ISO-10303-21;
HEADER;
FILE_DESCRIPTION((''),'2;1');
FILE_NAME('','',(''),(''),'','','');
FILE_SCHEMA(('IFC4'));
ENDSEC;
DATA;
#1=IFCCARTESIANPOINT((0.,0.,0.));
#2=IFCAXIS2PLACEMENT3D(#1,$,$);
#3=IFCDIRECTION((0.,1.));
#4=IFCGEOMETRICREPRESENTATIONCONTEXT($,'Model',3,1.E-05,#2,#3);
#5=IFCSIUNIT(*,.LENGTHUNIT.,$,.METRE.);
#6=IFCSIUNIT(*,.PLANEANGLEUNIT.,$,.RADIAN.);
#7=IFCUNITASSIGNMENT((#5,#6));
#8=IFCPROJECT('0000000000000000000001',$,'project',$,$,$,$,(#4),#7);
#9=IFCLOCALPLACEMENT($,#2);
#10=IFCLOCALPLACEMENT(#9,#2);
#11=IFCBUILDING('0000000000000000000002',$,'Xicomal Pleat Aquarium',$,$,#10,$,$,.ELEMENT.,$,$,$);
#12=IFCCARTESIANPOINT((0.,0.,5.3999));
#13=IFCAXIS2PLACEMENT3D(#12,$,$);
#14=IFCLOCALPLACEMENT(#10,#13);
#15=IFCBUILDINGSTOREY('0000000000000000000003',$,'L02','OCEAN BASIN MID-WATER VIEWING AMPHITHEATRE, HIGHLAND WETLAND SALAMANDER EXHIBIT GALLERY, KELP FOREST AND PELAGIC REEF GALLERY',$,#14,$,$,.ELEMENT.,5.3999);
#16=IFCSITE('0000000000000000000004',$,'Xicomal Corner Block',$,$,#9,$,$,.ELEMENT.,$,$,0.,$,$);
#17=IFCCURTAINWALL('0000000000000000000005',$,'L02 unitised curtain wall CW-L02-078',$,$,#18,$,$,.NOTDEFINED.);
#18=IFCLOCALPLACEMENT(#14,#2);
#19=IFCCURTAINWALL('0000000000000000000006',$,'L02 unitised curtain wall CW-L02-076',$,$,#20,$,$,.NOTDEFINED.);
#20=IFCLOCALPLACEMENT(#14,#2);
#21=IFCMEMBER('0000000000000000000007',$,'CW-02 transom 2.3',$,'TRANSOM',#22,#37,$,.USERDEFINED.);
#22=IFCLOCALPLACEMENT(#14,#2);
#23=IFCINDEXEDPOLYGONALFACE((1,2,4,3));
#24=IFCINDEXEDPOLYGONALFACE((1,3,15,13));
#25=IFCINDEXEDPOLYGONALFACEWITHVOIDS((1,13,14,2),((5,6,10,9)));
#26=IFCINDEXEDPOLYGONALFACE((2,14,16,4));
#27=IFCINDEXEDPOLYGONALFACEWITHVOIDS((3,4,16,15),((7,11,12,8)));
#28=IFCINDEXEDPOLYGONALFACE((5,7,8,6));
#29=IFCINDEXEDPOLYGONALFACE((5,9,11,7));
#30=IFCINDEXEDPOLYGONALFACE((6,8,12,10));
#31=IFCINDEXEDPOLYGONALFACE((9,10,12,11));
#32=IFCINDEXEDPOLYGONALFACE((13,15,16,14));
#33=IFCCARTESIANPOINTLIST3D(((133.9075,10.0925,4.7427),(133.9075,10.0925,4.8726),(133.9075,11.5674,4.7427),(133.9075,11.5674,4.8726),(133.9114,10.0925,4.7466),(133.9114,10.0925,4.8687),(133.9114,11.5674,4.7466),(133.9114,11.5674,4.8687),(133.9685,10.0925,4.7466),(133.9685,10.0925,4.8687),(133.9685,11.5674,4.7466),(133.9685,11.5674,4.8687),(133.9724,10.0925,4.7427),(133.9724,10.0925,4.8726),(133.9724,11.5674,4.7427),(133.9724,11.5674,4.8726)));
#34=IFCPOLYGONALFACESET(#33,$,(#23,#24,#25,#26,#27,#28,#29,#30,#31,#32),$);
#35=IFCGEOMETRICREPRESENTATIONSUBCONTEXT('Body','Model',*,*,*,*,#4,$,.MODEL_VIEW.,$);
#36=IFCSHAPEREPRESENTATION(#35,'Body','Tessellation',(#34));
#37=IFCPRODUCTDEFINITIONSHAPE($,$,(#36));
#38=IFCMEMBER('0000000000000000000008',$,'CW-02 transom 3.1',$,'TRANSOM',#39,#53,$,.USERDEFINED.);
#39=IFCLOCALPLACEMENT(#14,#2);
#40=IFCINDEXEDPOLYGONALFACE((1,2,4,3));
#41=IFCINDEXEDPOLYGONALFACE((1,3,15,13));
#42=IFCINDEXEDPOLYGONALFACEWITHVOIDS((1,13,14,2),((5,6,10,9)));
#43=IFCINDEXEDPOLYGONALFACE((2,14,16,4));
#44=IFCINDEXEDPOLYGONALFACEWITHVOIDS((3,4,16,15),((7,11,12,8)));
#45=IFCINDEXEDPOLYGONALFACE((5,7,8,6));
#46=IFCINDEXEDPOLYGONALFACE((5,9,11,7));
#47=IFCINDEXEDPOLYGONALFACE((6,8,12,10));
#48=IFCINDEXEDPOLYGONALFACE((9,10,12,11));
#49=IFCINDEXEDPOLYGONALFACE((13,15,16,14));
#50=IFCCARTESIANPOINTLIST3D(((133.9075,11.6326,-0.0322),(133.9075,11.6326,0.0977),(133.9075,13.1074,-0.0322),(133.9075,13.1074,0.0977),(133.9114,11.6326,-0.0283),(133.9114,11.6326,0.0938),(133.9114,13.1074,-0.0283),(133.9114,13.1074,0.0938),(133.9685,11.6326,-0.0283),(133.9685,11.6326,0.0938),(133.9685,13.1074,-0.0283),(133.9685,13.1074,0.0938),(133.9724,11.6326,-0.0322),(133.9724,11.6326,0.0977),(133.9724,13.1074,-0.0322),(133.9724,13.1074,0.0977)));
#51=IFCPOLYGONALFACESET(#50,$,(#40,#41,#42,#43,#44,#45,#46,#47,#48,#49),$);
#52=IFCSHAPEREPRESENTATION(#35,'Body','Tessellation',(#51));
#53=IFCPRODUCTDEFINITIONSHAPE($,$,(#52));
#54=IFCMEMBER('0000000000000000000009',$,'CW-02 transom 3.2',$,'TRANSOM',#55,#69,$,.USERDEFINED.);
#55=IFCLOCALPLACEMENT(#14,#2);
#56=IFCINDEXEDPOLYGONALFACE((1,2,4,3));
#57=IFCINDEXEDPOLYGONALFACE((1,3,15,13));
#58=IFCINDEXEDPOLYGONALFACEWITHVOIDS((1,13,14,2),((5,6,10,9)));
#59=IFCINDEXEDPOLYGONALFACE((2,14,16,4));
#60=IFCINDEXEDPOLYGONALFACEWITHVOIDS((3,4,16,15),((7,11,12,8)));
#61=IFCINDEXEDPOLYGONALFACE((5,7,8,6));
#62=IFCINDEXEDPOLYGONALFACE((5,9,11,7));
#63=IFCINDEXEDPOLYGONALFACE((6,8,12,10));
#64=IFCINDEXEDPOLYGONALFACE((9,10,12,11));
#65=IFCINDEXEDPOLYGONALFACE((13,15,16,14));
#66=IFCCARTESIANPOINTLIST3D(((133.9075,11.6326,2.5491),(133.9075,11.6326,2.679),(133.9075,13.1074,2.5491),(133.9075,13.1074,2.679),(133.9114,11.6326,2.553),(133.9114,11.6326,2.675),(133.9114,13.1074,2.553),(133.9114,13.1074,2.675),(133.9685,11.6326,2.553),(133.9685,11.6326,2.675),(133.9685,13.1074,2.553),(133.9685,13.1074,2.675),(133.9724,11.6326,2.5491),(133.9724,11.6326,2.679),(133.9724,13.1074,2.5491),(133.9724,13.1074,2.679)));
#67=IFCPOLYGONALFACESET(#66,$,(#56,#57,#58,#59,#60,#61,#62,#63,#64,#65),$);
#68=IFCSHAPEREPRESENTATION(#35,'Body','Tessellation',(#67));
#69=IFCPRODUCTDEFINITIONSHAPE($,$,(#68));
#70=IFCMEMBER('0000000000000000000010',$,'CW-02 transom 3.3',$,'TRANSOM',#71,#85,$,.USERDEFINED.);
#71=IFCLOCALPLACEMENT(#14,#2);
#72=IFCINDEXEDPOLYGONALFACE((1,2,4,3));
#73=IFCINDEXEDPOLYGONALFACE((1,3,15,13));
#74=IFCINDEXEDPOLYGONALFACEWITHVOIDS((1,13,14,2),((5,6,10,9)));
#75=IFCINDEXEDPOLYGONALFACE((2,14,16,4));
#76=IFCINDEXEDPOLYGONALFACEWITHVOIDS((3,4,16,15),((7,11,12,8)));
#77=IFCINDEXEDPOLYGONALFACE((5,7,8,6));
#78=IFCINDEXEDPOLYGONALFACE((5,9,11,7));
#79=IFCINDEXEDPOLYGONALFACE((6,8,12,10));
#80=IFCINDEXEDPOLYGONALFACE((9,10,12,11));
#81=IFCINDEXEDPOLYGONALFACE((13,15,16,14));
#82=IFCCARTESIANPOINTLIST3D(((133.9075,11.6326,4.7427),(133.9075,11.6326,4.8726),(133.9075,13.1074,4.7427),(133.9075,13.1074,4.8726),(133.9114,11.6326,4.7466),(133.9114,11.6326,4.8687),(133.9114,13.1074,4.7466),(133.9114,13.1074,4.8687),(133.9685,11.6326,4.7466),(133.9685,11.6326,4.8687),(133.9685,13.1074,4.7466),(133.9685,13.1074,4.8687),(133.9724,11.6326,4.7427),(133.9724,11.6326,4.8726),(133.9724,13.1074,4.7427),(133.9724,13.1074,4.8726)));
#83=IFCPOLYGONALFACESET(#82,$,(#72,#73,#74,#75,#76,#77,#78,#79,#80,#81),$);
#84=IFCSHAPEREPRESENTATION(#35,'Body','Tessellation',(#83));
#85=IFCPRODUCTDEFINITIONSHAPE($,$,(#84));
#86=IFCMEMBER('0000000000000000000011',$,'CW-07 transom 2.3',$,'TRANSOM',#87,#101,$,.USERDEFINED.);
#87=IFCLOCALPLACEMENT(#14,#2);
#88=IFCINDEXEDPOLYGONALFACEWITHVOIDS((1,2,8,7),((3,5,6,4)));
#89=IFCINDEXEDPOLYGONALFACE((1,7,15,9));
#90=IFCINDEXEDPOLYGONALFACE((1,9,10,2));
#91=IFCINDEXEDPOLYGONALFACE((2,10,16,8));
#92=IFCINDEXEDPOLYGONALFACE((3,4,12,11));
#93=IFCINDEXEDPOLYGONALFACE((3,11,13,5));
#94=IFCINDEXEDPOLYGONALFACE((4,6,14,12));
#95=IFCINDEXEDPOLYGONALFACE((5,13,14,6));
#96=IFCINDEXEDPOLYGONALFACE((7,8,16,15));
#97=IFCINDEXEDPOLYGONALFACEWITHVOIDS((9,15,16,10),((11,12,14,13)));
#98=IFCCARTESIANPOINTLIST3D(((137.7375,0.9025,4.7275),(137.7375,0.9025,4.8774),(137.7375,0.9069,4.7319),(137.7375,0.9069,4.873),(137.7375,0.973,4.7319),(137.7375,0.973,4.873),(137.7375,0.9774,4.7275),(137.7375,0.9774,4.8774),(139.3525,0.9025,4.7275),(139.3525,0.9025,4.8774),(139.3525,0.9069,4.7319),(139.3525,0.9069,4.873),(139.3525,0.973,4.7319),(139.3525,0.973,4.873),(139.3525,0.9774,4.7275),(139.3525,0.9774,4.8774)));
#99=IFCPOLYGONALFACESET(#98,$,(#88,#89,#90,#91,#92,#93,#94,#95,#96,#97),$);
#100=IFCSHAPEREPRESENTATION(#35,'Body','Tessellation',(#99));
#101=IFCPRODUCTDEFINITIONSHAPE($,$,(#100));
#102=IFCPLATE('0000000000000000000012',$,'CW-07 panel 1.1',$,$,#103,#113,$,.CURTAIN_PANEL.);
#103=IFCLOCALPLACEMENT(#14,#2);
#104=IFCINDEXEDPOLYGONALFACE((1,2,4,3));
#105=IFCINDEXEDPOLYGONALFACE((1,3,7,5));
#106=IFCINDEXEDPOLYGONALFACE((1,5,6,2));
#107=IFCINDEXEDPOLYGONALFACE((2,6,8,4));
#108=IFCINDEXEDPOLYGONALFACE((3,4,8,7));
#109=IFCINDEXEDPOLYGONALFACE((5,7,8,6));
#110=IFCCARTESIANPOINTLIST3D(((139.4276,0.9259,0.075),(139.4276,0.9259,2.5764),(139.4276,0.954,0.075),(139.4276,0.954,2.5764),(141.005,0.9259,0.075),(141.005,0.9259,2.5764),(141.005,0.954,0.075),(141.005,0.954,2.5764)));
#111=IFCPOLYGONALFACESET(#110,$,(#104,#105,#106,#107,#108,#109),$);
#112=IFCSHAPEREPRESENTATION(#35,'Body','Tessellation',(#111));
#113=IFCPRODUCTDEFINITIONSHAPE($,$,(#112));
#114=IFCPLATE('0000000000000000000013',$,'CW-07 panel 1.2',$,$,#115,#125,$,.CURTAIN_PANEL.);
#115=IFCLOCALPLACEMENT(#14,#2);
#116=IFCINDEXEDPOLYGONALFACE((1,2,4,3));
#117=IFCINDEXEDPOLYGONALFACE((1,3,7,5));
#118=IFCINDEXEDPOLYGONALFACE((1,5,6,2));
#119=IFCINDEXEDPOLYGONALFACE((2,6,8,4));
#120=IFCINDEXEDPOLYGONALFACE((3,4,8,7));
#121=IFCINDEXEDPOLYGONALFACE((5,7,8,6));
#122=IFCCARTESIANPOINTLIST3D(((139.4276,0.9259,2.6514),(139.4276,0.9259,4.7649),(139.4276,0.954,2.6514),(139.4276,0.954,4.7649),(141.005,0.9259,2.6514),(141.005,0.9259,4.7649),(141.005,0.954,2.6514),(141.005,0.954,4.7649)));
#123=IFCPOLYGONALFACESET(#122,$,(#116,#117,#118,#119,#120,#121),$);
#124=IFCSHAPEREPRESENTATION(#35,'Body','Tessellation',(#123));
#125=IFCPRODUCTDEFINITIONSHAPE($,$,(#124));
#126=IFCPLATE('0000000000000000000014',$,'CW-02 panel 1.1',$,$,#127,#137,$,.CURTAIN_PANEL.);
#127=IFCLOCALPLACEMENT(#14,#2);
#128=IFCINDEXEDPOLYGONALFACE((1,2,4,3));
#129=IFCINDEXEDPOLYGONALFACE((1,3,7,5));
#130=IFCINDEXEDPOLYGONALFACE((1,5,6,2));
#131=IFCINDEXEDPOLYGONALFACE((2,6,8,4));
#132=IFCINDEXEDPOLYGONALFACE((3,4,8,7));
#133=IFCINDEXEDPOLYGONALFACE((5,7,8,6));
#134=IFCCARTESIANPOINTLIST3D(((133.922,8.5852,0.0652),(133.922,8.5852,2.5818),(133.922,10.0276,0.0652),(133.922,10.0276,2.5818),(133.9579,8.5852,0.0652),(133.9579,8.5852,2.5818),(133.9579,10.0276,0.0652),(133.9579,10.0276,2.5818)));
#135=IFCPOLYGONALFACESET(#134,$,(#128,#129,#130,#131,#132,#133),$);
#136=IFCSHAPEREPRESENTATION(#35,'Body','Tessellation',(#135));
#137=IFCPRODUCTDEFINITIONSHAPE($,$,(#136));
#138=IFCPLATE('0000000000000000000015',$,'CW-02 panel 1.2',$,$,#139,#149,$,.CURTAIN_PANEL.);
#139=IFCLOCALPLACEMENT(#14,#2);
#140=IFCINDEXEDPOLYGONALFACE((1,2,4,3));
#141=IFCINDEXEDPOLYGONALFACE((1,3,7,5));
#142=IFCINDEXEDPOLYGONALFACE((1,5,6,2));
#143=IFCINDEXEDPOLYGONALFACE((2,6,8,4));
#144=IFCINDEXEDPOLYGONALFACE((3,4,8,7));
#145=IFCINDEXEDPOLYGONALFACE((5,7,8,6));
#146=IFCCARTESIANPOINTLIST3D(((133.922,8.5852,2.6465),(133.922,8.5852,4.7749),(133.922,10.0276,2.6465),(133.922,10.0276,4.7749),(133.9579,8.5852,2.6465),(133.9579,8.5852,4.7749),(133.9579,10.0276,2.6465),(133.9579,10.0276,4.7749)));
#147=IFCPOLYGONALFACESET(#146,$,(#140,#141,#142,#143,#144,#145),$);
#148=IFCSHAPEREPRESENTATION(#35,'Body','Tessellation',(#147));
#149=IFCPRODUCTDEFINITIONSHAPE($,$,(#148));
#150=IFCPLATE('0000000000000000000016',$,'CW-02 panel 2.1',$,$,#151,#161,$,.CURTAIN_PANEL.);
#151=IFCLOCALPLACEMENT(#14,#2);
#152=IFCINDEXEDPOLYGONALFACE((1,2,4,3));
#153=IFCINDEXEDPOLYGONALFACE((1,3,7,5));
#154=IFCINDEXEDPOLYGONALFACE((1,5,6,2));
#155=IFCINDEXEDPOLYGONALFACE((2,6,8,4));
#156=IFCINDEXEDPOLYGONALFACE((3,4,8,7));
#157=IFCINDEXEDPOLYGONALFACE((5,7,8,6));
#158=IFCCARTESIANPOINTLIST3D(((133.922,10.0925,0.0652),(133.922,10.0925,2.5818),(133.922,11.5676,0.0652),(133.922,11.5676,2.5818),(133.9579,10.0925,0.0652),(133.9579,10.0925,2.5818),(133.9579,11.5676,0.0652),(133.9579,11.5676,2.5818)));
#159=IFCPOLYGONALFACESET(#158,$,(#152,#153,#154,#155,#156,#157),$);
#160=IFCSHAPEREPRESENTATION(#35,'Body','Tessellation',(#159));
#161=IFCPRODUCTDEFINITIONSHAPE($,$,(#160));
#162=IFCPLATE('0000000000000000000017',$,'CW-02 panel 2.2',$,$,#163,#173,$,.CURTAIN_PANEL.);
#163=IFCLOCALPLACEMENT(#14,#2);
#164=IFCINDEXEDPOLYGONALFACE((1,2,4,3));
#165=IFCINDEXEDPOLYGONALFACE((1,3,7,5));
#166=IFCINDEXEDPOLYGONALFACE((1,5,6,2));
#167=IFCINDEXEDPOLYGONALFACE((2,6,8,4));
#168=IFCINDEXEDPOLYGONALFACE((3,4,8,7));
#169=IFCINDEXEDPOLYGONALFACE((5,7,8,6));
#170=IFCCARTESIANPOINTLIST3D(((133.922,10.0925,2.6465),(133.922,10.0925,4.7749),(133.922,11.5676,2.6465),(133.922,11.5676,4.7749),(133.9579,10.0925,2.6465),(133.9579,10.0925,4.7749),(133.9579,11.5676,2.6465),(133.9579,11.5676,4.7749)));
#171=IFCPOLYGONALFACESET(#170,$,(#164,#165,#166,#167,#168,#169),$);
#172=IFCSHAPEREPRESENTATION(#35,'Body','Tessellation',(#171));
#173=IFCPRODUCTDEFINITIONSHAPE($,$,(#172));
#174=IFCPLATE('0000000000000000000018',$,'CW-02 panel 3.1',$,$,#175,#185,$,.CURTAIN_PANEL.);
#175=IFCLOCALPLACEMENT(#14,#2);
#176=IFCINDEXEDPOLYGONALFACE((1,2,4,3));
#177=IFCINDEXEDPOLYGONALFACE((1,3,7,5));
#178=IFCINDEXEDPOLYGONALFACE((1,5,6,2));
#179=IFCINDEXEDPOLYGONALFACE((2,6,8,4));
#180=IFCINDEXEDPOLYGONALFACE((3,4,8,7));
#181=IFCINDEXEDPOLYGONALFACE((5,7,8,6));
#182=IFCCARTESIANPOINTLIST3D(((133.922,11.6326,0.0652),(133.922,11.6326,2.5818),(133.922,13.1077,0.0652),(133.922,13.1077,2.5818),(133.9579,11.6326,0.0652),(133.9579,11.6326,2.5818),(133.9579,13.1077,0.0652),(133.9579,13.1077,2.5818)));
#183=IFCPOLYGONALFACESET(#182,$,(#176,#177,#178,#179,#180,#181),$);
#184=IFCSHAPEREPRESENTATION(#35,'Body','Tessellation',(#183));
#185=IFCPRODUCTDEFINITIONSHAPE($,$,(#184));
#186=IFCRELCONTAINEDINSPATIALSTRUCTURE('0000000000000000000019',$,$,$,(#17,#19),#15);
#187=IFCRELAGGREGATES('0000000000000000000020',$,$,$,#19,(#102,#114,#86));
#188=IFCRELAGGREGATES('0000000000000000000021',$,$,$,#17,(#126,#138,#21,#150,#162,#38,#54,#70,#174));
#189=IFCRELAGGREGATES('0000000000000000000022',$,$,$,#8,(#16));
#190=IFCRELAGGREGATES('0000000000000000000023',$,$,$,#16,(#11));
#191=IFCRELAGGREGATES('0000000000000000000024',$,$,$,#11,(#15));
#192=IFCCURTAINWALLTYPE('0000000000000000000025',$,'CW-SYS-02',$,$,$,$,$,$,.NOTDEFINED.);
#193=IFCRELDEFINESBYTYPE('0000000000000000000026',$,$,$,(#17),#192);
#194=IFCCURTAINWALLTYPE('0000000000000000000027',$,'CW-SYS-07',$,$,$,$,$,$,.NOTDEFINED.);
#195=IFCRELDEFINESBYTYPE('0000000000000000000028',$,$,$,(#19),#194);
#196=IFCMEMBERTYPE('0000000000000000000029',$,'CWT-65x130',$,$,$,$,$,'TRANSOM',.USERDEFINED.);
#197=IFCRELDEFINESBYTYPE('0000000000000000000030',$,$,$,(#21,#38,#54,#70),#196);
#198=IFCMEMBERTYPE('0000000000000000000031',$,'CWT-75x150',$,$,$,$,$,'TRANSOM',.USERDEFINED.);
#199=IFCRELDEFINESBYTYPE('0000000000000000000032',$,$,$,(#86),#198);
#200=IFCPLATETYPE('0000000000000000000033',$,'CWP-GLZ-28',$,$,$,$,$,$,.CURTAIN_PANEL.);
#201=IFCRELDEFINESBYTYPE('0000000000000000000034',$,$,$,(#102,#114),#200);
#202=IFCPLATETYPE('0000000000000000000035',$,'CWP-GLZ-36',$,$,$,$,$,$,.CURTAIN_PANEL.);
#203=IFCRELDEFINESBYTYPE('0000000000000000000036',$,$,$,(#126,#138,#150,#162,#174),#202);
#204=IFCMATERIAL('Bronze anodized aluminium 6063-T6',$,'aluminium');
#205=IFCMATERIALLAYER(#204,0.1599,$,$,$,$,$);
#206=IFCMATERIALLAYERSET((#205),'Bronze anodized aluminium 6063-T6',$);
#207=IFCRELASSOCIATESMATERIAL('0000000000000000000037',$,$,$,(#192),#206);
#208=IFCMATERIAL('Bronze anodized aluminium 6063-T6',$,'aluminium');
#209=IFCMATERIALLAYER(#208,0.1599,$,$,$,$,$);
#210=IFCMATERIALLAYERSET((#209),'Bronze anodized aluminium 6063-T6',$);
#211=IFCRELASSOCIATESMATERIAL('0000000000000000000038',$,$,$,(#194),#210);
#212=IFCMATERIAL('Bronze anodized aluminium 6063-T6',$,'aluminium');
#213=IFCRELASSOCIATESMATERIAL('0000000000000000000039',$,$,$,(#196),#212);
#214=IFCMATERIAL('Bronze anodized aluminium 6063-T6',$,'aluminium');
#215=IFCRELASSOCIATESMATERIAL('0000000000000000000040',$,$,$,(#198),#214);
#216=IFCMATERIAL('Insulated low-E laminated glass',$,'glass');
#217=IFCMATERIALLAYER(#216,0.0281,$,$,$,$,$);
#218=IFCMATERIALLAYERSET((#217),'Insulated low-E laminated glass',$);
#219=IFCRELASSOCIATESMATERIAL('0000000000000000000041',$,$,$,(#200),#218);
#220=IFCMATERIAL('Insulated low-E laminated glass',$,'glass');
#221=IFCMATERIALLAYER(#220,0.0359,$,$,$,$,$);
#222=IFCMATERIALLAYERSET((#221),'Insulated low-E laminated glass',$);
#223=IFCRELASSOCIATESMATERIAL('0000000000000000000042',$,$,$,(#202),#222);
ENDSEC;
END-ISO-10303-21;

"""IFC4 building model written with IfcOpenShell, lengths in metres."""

from ifc_helpers import new_model, si_unit, direction, frame, origin, origin_2d, place, context, subcontext, project, spatial, rectangle, hollow_rectangle, extrude, material, layer, layer_set, material_profile, profile_set, type_object, element, aggregate, save


model = new_model("IFC4")

# Units and contexts
model_context = context("Model", 3, precision=1e-05, world=origin(), true_north=direction((0.0, 1.0)))
body_context = subcontext(model_context, "Body", "Model", "MODEL_VIEW")
ifc_project = project(units=[si_unit("LENGTHUNIT", "METRE"), si_unit("PLANEANGLEUNIT", "RADIAN")], contexts=[model_context])

# Site, building, storey
site_placement = place(None, origin())
site = spatial("IfcSite", under=ifc_project, at=site_placement, Name="Xicomal Corner Block", CompositionType="ELEMENT", RefElevation=0.0)
building_placement = place(site_placement, origin())
building = spatial("IfcBuilding", under=site, at=building_placement, Name="Xicomal Pleat Aquarium", CompositionType="ELEMENT")
storey_placement = place(building_placement, frame((0.0, 0.0, 5.3999)))
storey = spatial("IfcBuildingStorey", under=building, at=storey_placement, Name="L02", Description="OCEAN BASIN MID-WATER VIEWING AMPHITHEATRE, HIGHLAND WETLAND SALAMANDER EXHIBIT GALLERY, KELP FOREST AND PELAGIC REEF GALLERY", CompositionType="ELEMENT", Elevation=5.3999)

# Curtain wall
ifc_material_1 = material(Name="Bronze anodized aluminium 6063-T6", Category="aluminium")
ifc_layer_1 = layer(ifc_material_1, 0.1599)
ifc_layer_set_1 = layer_set([ifc_layer_1], Name="Bronze anodized aluminium 6063-T6")
curtain_wall_type_1 = type_object("IfcCurtainWallType", Name="CW-SYS-02", PredefinedType="NOTDEFINED", material=ifc_layer_set_1)
curtain_wall_1_placement = place(storey_placement, origin())
curtain_wall_1 = element("IfcCurtainWall", 1, at=curtain_wall_1_placement, inside=storey, type_object=curtain_wall_type_1, Name="L02 unitised curtain wall CW-L02-078", PredefinedType="NOTDEFINED")

# Curtain wall
ifc_material_2 = material(Name="Bronze anodized aluminium 6063-T6", Category="aluminium")
ifc_layer_2 = layer(ifc_material_2, 0.1599)
ifc_layer_set_2 = layer_set([ifc_layer_2], Name="Bronze anodized aluminium 6063-T6")
curtain_wall_type_2 = type_object("IfcCurtainWallType", Name="CW-SYS-07", PredefinedType="NOTDEFINED", material=ifc_layer_set_2)
curtain_wall_2_placement = place(storey_placement, origin())
curtain_wall_2 = element("IfcCurtainWall", 2, at=curtain_wall_2_placement, inside=storey, type_object=curtain_wall_type_2, Name="L02 unitised curtain wall CW-L02-076", PredefinedType="NOTDEFINED")

# Members
ifc_material_3 = material(Name="Bronze anodized aluminium 6063-T6", Category="aluminium")
ifc_material_profile_1 = material_profile(ifc_material_3, hollow_rectangle(XDim=0.0649, YDim=0.1299, WallThickness=0.0039, at=origin_2d()), Name="ALU TRAN 65x130")
ifc_profile_set_1 = profile_set([ifc_material_profile_1], Name="Bronze anodized aluminium 6063-T6")
member_type_1 = type_object("IfcMemberType", Name="CWT-65x130", ElementType="TRANSOM", PredefinedType="USERDEFINED", material=ifc_profile_set_1)
member_1_placement = place(storey_placement, frame((133.9399, 10.0925, 4.8076), z_axis=(0.0, 1.0, 0.0), x_axis=(-1.0, 0.0, 0.0)))
member_1 = element("IfcMember", 3, at=member_1_placement, type_object=member_type_1, Name="CW-02 transom 2.3", ObjectType="TRANSOM", PredefinedType="USERDEFINED", context=body_context, shape_type="SweptSolid", body=[
    extrude(hollow_rectangle(XDim=0.0649, YDim=0.1299, WallThickness=0.0039, at=origin_2d()), origin(), (0.0, 0.0, 1.0), 1.4749),
])
member_2_placement = place(storey_placement, frame((133.9399, 11.6326, 0.0327), z_axis=(0.0, 1.0, 0.0), x_axis=(-1.0, 0.0, 0.0)))
member_2 = element("IfcMember", 4, at=member_2_placement, type_object=member_type_1, Name="CW-02 transom 3.1", ObjectType="TRANSOM", PredefinedType="USERDEFINED", context=body_context, shape_type="SweptSolid", body=[
    extrude(hollow_rectangle(XDim=0.0649, YDim=0.1299, WallThickness=0.0039, at=origin_2d()), origin(), (0.0, 0.0, 1.0), 1.4749),
])
member_3_placement = place(storey_placement, frame((133.9399, 11.6326, 2.614), z_axis=(0.0, 1.0, 0.0), x_axis=(-1.0, 0.0, 0.0)))
member_3 = element("IfcMember", 5, at=member_3_placement, type_object=member_type_1, Name="CW-02 transom 3.2", ObjectType="TRANSOM", PredefinedType="USERDEFINED", context=body_context, shape_type="SweptSolid", body=[
    extrude(hollow_rectangle(XDim=0.0649, YDim=0.1299, WallThickness=0.0039, at=origin_2d()), origin(), (0.0, 0.0, 1.0), 1.4749),
])
member_4_placement = place(storey_placement, frame((133.9399, 11.6326, 4.8076), z_axis=(0.0, 1.0, 0.0), x_axis=(-1.0, 0.0, 0.0)))
member_4 = element("IfcMember", 6, at=member_4_placement, type_object=member_type_1, Name="CW-02 transom 3.3", ObjectType="TRANSOM", PredefinedType="USERDEFINED", context=body_context, shape_type="SweptSolid", body=[
    extrude(hollow_rectangle(XDim=0.0649, YDim=0.1299, WallThickness=0.0039, at=origin_2d()), origin(), (0.0, 0.0, 1.0), 1.4749),
])
ifc_material_4 = material(Name="Bronze anodized aluminium 6063-T6", Category="aluminium")
ifc_material_profile_2 = material_profile(ifc_material_4, hollow_rectangle(XDim=0.075, YDim=0.1499, WallThickness=0.0044, at=origin_2d()), Name="ALU TRAN 75x150")
ifc_profile_set_2 = profile_set([ifc_material_profile_2], Name="Bronze anodized aluminium 6063-T6")
member_type_2 = type_object("IfcMemberType", Name="CWT-75x150", ElementType="TRANSOM", PredefinedType="USERDEFINED", material=ifc_profile_set_2)
member_5_placement = place(storey_placement, frame((139.3525, 0.9399, 4.8025), z_axis=(-1.0, 0.0, 0.0), x_axis=(0.0, -1.0, 0.0)))
member_5 = element("IfcMember", 7, at=member_5_placement, type_object=member_type_2, Name="CW-07 transom 2.3", ObjectType="TRANSOM", PredefinedType="USERDEFINED", context=body_context, shape_type="SweptSolid", body=[
    extrude(hollow_rectangle(XDim=0.075, YDim=0.1499, WallThickness=0.0044, at=origin_2d()), origin(), (0.0, 0.0, 1.0), 1.615),
])

# Plates
ifc_material_5 = material(Name="Insulated low-E laminated glass", Category="glass")
ifc_layer_3 = layer(ifc_material_5, 0.0281)
ifc_layer_set_3 = layer_set([ifc_layer_3], Name="Insulated low-E laminated glass")
plate_type_1 = type_object("IfcPlateType", Name="CWP-GLZ-28", PredefinedType="CURTAIN_PANEL", material=ifc_layer_set_3)
plate_1_placement = place(storey_placement, frame((140.2163, 0.9399, 0.075), z_axis=(0.0, 0.0, 1.0), x_axis=(-1.0, 0.0, 0.0)))
plate_1 = element("IfcPlate", 8, at=plate_1_placement, type_object=plate_type_1, Name="CW-07 panel 1.1", PredefinedType="CURTAIN_PANEL", context=body_context, shape_type="SweptSolid", body=[
    extrude(rectangle(XDim=1.5774, YDim=0.0281, at=origin_2d()), origin(), (0.0, 0.0, 1.0), 2.5015),
])
plate_2_placement = place(storey_placement, frame((140.2163, 0.9399, 2.6514), z_axis=(0.0, 0.0, 1.0), x_axis=(-1.0, 0.0, 0.0)))
plate_2 = element("IfcPlate", 9, at=plate_2_placement, type_object=plate_type_1, Name="CW-07 panel 1.2", PredefinedType="CURTAIN_PANEL", context=body_context, shape_type="SweptSolid", body=[
    extrude(rectangle(XDim=1.5774, YDim=0.0281, at=origin_2d()), origin(), (0.0, 0.0, 1.0), 2.1135),
])
aggregate(curtain_wall_2, [plate_1, plate_2, member_5])
ifc_material_6 = material(Name="Insulated low-E laminated glass", Category="glass")
ifc_layer_4 = layer(ifc_material_6, 0.0359)
ifc_layer_set_4 = layer_set([ifc_layer_4], Name="Insulated low-E laminated glass")
plate_type_2 = type_object("IfcPlateType", Name="CWP-GLZ-36", PredefinedType="CURTAIN_PANEL", material=ifc_layer_set_4)
plate_3_placement = place(storey_placement, frame((133.9399, 9.3064, 0.0652), z_axis=(0.0, 0.0, 1.0), x_axis=(0.0, 1.0, 0.0)))
plate_3 = element("IfcPlate", 10, at=plate_3_placement, type_object=plate_type_2, Name="CW-02 panel 1.1", PredefinedType="CURTAIN_PANEL", context=body_context, shape_type="SweptSolid", body=[
    extrude(rectangle(XDim=1.4424, YDim=0.0359, at=origin_2d()), origin(), (0.0, 0.0, 1.0), 2.5166),
])
plate_4_placement = place(storey_placement, frame((133.9399, 9.3064, 2.6465), z_axis=(0.0, 0.0, 1.0), x_axis=(0.0, 1.0, 0.0)))
plate_4 = element("IfcPlate", 11, at=plate_4_placement, type_object=plate_type_2, Name="CW-02 panel 1.2", PredefinedType="CURTAIN_PANEL", context=body_context, shape_type="SweptSolid", body=[
    extrude(rectangle(XDim=1.4424, YDim=0.0359, at=origin_2d()), origin(), (0.0, 0.0, 1.0), 2.1284),
])
plate_5_placement = place(storey_placement, frame((133.9399, 10.8301, 0.0652), z_axis=(0.0, 0.0, 1.0), x_axis=(0.0, 1.0, 0.0)))
plate_5 = element("IfcPlate", 12, at=plate_5_placement, type_object=plate_type_2, Name="CW-02 panel 2.1", PredefinedType="CURTAIN_PANEL", context=body_context, shape_type="SweptSolid", body=[
    extrude(rectangle(XDim=1.4751, YDim=0.0359, at=origin_2d()), origin(), (0.0, 0.0, 1.0), 2.5166),
])
plate_6_placement = place(storey_placement, frame((133.9399, 10.8301, 2.6465), z_axis=(0.0, 0.0, 1.0), x_axis=(0.0, 1.0, 0.0)))
plate_6 = element("IfcPlate", 13, at=plate_6_placement, type_object=plate_type_2, Name="CW-02 panel 2.2", PredefinedType="CURTAIN_PANEL", context=body_context, shape_type="SweptSolid", body=[
    extrude(rectangle(XDim=1.4751, YDim=0.0359, at=origin_2d()), origin(), (0.0, 0.0, 1.0), 2.1284),
])
plate_7_placement = place(storey_placement, frame((133.9399, 12.3701, 0.0652), z_axis=(0.0, 0.0, 1.0), x_axis=(0.0, 1.0, 0.0)))
plate_7 = element("IfcPlate", 14, at=plate_7_placement, type_object=plate_type_2, Name="CW-02 panel 3.1", PredefinedType="CURTAIN_PANEL", context=body_context, shape_type="SweptSolid", body=[
    extrude(rectangle(XDim=1.4751, YDim=0.0359, at=origin_2d()), origin(), (0.0, 0.0, 1.0), 2.5166),
])
aggregate(curtain_wall_1, [plate_3, plate_4, member_1, plate_5, plate_6, member_2, member_3, member_4, plate_7])

save(model, "model.ifc")
